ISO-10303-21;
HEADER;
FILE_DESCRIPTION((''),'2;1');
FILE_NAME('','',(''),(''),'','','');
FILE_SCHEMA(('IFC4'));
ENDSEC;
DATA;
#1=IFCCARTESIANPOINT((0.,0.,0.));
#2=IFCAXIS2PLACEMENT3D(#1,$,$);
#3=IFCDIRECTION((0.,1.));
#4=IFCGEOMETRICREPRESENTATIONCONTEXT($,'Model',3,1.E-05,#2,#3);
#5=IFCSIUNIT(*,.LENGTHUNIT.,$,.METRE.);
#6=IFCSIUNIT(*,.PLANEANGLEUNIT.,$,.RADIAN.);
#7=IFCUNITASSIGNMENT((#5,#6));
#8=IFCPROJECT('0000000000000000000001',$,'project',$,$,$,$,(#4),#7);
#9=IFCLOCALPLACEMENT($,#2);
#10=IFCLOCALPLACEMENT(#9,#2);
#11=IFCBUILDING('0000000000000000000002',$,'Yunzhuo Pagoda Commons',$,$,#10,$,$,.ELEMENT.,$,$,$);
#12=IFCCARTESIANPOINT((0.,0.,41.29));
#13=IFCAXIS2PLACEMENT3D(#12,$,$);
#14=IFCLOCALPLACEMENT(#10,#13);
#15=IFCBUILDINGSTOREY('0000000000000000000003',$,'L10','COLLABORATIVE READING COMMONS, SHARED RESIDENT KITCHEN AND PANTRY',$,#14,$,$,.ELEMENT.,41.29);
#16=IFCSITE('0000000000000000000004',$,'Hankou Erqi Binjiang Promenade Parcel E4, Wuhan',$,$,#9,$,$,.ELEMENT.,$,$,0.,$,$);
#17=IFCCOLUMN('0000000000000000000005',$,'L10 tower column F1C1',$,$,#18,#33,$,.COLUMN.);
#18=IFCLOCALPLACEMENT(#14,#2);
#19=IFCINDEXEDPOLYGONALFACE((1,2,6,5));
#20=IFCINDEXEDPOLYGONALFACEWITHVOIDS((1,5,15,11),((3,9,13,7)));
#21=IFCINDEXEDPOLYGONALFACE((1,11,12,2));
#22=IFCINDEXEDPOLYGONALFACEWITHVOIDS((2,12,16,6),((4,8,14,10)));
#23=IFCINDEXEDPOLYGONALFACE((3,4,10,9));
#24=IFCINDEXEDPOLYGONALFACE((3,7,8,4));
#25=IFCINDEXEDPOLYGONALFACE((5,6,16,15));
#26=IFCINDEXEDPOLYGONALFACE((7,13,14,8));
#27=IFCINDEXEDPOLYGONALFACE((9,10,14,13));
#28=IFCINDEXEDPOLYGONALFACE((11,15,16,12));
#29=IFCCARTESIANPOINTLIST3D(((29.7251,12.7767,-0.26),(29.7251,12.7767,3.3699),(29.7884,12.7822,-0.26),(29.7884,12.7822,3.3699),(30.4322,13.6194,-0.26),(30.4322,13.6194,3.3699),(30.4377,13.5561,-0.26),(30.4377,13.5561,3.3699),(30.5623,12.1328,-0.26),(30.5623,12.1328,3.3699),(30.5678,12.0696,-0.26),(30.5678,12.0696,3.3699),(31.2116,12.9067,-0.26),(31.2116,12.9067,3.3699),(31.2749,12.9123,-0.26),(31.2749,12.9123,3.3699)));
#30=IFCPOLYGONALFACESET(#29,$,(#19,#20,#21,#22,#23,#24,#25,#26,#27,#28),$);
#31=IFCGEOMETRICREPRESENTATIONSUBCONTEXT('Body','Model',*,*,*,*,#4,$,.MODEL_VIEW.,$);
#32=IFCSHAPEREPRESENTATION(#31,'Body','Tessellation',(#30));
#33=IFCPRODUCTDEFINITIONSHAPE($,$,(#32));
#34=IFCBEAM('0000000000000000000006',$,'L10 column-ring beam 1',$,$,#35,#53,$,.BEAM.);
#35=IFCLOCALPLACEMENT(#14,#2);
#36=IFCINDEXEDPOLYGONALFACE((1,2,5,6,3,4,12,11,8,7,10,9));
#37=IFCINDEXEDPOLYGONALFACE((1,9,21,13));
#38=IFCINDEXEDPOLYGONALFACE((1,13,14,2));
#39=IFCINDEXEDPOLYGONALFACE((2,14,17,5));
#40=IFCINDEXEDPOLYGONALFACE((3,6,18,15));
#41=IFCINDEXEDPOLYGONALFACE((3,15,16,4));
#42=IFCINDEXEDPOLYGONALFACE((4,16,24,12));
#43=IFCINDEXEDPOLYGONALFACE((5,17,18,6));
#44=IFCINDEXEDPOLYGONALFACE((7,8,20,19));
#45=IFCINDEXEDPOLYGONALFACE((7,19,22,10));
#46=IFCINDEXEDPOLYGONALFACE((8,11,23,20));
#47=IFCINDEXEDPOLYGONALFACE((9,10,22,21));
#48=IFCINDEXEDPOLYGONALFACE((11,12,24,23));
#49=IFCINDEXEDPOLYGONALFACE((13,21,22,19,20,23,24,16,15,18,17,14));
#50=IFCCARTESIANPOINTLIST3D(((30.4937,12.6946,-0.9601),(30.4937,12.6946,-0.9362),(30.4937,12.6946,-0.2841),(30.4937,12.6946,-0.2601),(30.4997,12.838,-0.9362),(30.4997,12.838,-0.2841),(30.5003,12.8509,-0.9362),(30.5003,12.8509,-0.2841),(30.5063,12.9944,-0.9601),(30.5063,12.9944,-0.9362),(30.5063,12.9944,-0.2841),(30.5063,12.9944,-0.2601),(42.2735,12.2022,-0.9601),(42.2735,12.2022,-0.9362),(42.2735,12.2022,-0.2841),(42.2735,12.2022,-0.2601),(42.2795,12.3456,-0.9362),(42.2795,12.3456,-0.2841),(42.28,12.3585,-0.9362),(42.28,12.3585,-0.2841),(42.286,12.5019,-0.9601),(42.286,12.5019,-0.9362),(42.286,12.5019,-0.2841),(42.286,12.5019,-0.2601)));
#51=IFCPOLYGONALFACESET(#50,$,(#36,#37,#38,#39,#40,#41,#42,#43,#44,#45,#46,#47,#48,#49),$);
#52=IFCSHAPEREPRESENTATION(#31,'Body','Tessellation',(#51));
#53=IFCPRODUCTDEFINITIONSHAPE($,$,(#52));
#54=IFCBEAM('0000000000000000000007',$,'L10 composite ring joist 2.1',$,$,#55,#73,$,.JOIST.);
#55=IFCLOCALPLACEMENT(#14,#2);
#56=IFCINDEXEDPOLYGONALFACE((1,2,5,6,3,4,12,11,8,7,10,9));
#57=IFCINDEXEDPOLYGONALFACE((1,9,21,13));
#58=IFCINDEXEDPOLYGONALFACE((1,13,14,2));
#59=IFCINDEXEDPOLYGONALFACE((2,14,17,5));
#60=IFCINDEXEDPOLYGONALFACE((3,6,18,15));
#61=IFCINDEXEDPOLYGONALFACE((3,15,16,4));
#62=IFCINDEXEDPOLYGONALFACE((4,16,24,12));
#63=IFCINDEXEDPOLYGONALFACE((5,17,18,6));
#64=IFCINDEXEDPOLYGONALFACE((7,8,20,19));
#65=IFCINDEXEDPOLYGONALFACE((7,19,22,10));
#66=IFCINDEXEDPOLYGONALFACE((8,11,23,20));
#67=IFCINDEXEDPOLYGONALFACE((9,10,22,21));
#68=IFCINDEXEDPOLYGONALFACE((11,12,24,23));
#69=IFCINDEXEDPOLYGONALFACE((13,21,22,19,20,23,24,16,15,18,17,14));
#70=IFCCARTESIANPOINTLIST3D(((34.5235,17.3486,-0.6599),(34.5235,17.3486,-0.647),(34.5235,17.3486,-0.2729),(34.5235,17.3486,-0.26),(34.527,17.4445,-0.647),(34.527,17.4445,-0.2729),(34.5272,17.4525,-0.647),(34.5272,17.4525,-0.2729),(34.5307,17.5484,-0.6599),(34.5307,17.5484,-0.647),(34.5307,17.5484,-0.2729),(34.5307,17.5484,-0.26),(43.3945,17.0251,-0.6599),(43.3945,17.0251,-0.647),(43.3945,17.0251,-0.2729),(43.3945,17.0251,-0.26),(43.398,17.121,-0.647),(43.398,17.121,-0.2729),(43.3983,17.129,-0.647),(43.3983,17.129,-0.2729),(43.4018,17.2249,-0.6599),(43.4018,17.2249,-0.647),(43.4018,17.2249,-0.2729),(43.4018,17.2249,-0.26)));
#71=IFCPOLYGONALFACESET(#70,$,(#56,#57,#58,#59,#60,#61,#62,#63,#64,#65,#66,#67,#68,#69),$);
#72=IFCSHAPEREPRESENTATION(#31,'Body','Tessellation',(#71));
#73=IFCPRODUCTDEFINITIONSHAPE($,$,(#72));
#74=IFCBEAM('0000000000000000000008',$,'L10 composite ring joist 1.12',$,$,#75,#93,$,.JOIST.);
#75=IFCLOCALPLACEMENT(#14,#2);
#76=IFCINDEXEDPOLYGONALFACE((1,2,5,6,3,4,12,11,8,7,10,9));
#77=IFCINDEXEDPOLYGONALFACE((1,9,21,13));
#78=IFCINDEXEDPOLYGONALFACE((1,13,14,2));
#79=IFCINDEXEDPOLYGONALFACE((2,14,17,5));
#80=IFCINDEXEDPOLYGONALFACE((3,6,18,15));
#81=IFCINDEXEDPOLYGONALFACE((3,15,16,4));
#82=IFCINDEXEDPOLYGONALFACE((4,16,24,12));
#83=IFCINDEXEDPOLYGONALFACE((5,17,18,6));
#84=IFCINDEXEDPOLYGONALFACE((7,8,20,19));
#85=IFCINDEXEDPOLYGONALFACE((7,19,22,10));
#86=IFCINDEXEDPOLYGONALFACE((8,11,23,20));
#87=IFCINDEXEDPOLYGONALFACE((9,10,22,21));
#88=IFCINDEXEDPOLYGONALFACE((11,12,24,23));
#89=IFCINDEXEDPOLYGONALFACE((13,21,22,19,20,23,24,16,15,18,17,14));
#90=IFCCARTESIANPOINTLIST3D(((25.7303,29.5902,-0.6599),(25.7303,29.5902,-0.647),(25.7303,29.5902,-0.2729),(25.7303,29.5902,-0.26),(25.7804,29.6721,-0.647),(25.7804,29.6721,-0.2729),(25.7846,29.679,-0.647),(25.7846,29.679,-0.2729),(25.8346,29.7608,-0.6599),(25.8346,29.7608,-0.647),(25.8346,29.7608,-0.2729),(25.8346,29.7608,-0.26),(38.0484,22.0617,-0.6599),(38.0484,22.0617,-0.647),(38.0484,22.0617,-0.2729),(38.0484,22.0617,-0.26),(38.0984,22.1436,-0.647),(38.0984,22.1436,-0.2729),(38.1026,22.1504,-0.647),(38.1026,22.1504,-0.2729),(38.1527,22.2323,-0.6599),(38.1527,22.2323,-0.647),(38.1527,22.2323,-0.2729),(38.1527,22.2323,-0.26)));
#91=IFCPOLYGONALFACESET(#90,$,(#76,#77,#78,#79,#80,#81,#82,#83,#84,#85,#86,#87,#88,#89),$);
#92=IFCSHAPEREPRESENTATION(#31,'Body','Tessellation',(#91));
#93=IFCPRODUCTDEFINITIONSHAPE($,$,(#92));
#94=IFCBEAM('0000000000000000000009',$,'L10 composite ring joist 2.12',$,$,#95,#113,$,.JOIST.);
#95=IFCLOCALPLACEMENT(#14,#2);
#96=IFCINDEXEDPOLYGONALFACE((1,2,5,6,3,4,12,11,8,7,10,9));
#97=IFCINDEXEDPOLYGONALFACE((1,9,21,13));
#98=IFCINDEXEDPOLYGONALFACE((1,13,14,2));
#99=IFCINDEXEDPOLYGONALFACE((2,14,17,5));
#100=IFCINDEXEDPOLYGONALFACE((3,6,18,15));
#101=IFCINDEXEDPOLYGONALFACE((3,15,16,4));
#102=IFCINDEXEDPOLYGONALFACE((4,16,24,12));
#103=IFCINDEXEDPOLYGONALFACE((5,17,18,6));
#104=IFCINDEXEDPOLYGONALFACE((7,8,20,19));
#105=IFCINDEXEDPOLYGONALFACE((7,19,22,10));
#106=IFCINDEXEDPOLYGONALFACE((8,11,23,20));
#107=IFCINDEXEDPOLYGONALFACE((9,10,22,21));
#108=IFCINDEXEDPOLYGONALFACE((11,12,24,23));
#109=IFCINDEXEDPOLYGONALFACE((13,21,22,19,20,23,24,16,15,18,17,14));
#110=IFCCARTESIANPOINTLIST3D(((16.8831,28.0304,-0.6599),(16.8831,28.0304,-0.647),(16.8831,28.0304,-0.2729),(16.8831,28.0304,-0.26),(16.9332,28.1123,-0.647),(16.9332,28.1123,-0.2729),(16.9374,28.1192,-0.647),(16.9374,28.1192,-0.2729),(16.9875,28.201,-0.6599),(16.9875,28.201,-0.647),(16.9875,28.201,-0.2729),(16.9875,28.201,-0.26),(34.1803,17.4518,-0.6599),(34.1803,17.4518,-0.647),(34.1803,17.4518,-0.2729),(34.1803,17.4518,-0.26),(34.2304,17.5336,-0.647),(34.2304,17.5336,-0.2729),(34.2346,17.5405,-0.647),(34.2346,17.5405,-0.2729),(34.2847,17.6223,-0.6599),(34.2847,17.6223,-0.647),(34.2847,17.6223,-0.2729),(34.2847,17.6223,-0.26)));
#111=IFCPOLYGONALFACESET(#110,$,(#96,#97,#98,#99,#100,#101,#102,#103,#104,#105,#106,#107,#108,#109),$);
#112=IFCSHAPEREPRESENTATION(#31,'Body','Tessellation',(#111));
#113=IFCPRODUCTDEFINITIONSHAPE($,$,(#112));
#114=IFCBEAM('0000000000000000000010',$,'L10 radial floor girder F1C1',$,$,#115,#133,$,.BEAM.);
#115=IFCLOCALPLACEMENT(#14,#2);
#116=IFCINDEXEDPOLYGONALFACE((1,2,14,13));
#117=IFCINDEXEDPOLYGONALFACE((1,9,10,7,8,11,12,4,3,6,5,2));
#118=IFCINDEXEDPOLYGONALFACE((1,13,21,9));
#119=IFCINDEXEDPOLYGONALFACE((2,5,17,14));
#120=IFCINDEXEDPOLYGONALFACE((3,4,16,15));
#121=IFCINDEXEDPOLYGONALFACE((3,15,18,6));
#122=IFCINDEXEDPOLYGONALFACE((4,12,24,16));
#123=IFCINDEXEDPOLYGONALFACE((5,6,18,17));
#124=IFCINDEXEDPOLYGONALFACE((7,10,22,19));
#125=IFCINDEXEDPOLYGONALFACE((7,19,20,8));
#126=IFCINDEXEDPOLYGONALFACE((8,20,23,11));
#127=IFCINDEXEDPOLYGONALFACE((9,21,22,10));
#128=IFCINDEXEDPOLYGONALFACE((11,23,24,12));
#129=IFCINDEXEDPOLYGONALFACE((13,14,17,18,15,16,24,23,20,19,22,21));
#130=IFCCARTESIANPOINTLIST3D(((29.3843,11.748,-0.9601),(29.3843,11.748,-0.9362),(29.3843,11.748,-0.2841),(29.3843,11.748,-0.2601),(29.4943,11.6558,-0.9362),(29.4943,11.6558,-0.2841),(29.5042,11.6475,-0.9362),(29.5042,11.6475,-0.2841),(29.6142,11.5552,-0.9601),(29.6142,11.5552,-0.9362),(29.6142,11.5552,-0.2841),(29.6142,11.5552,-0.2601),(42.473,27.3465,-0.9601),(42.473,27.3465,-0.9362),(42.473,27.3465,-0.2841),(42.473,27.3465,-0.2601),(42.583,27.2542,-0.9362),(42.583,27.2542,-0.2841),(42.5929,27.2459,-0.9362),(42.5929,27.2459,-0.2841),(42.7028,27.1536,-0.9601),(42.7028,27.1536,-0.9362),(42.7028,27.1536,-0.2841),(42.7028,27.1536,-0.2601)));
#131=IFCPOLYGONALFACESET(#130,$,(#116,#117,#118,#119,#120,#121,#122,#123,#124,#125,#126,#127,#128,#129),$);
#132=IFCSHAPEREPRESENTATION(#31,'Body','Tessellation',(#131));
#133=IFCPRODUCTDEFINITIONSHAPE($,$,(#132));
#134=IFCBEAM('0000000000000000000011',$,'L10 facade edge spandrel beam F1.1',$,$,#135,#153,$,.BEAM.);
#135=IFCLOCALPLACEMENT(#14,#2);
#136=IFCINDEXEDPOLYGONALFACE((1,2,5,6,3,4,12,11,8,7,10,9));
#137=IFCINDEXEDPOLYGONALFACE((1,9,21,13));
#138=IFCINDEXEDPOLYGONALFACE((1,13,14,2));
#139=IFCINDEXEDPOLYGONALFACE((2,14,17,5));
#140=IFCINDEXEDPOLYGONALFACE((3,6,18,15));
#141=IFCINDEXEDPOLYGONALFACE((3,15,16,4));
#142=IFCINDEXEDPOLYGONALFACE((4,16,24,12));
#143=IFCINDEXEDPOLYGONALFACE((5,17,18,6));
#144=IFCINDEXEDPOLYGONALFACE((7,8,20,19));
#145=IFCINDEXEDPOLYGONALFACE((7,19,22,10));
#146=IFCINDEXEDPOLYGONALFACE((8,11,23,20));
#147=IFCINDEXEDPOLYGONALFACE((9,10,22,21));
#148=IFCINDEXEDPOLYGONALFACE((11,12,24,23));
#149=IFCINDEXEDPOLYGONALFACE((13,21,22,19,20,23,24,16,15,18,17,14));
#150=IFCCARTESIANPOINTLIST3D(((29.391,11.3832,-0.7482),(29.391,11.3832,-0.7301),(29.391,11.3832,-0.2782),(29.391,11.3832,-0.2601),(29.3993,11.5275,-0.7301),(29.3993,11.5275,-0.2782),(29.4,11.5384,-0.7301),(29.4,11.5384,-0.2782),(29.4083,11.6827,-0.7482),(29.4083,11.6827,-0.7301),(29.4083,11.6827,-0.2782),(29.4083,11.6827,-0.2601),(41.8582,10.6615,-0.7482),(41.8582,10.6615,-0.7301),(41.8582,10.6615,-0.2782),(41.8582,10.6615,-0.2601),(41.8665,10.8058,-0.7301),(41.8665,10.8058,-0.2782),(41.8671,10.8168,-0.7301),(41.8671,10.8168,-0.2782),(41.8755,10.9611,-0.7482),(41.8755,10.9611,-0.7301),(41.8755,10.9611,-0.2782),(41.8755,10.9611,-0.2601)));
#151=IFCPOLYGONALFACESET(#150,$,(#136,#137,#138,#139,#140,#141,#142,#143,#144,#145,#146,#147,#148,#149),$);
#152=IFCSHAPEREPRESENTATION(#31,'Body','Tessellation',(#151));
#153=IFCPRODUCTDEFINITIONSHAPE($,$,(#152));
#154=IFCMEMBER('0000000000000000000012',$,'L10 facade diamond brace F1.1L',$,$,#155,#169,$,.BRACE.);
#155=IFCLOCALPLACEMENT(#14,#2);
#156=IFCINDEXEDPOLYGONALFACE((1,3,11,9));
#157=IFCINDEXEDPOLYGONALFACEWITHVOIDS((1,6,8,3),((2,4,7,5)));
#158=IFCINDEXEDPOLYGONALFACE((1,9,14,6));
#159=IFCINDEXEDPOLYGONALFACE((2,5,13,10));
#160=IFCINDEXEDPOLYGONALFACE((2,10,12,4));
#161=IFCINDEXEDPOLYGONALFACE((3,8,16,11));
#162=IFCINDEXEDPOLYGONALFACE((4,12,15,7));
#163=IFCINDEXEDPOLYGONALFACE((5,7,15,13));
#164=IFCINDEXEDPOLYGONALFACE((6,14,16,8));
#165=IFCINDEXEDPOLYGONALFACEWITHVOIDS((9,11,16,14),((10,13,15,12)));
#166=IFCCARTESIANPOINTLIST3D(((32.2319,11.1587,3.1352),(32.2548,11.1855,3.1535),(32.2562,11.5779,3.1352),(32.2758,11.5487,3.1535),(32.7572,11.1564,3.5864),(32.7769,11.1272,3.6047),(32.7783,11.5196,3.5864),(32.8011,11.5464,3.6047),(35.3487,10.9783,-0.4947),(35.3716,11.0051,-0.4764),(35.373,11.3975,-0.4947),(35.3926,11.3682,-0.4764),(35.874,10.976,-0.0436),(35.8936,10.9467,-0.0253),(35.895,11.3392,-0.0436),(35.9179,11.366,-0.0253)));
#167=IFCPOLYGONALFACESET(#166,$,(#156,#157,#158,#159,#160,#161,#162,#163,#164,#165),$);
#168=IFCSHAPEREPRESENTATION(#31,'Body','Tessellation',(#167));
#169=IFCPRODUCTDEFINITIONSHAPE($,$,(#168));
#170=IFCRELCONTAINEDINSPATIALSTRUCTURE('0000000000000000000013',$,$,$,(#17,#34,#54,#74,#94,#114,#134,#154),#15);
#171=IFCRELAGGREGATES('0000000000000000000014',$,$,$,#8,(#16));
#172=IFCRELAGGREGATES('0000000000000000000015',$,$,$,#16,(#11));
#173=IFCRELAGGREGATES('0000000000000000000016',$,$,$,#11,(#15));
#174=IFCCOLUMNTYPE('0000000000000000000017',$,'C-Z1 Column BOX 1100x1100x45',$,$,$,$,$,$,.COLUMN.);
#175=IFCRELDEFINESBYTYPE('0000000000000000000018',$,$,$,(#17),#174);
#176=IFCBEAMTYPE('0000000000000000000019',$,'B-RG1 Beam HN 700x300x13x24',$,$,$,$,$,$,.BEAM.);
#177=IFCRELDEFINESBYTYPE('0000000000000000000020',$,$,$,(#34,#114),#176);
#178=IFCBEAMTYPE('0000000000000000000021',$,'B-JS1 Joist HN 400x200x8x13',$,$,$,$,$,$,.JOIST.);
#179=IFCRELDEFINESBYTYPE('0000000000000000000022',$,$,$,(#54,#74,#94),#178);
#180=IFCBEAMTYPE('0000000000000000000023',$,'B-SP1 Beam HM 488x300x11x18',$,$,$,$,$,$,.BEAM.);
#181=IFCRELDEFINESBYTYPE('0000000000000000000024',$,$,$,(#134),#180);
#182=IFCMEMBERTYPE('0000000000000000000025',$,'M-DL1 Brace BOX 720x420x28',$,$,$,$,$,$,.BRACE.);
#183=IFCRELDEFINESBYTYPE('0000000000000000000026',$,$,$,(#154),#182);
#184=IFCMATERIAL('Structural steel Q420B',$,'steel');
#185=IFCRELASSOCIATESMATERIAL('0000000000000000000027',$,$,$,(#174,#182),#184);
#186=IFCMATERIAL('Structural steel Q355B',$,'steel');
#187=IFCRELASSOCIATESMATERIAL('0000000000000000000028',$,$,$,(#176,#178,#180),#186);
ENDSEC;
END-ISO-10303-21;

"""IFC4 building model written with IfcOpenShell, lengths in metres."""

from ifc_helpers import new_model, si_unit, direction, frame, origin, origin_2d, place, context, subcontext, project, spatial, hollow_rectangle, i_section, extrude, source, transform, mapped, material, material_profile, profile_set, type_object, element, save


model = new_model("IFC4")

# Units and contexts
model_context = context("Model", 3, precision=1e-05, world=origin(), true_north=direction((0.0, 1.0)))
body_context = subcontext(model_context, "Body", "Model", "MODEL_VIEW")
ifc_project = project(units=[si_unit("LENGTHUNIT", "METRE"), si_unit("PLANEANGLEUNIT", "RADIAN")], contexts=[model_context])

# Site, building, storey
site_placement = place(None, origin())
site = spatial("IfcSite", under=ifc_project, at=site_placement, Name="Hankou Erqi Binjiang Promenade Parcel E4, Wuhan", CompositionType="ELEMENT", RefElevation=0.0)
building_placement = place(site_placement, origin())
building = spatial("IfcBuilding", under=site, at=building_placement, Name="Yunzhuo Pagoda Commons", CompositionType="ELEMENT")
storey_placement = place(building_placement, frame((0.0, 0.0, 41.29)))
storey = spatial("IfcBuildingStorey", under=building, at=storey_placement, Name="L10", Description="COLLABORATIVE READING COMMONS, SHARED RESIDENT KITCHEN AND PANTRY", CompositionType="ELEMENT", Elevation=41.29)

# Column
ifc_material_1 = material(Name="Structural steel Q420B", Category="steel")
ifc_material_profile_1 = material_profile(ifc_material_1, hollow_rectangle(XDim=1.1001, YDim=1.1001, WallThickness=0.0449, at=origin_2d()), Name="Structural steel Q420B")
ifc_profile_set_1 = profile_set([ifc_material_profile_1], Name="Structural steel Q420B")
column_type = type_object("IfcColumnType", Name="C-Z1 Column BOX 1100x1100x45", PredefinedType="COLUMN", material=ifc_profile_set_1)
shared_shape_1 = source(origin(), body_context, "Body", "SweptSolid", [
    extrude(hollow_rectangle(XDim=1.1001, YDim=1.1001, WallThickness=0.0449, at=origin_2d()), origin(), (0.0, 0.0, 1.0), 3.6299),
])
column_placement = place(storey_placement, frame((30.5, 12.8445, -0.26), z_axis=(0.0, 0.0, 1.0), x_axis=(0.766044, -0.642788, 0.0)))
element("IfcColumn", 1, at=column_placement, inside=storey, type_object=column_type, Name="L10 tower column F1C1", PredefinedType="COLUMN", context=body_context, shape_type="MappedRepresentation", body=[
    mapped(shared_shape_1, transform((0.0, 0.0, 0.0), scale=1.0)),
])

# Beams
ifc_material_2 = material(Name="Structural steel Q355B", Category="steel")
ifc_material_profile_2 = material_profile(ifc_material_2, i_section(OverallWidth=0.3, OverallDepth=0.7, WebThickness=0.0129, FlangeThickness=0.0239, at=origin_2d()), Name="Structural steel Q355B")
ifc_profile_set_2 = profile_set([ifc_material_profile_2], Name="Structural steel Q355B")
beam_type_1 = type_object("IfcBeamType", Name="B-RG1 Beam HN 700x300x13x24", PredefinedType="BEAM", material=ifc_profile_set_2)
shared_shape_2 = source(origin(), body_context, "Body", "SweptSolid", [
    extrude(i_section(OverallWidth=0.3, OverallDepth=0.7, WebThickness=0.0129, FlangeThickness=0.0239, at=origin_2d()), origin(), (0.0, 0.0, 1.0), 11.79),
])
beam_1_placement = place(storey_placement, frame((30.5, 12.8445, -0.6101), z_axis=(0.999127, -0.041767, 0.0), x_axis=(0.041767, 0.999127, 0.0)))
element("IfcBeam", 2, at=beam_1_placement, inside=storey, type_object=beam_type_1, Name="L10 column-ring beam 1", PredefinedType="BEAM", context=body_context, shape_type="MappedRepresentation", body=[
    mapped(shared_shape_2, transform((0.0, 0.0, 0.0), scale=1.0)),
])
ifc_material_profile_3 = material_profile(ifc_material_2, i_section(OverallWidth=0.2, OverallDepth=0.3999, WebThickness=0.0081, FlangeThickness=0.0129, at=origin_2d()), Name="Structural steel Q355B")
ifc_profile_set_3 = profile_set([ifc_material_profile_3], Name="Structural steel Q355B")
beam_type_2 = type_object("IfcBeamType", Name="B-JS1 Joist HN 400x200x8x13", PredefinedType="JOIST", material=ifc_profile_set_3)
shared_shape_3 = source(origin(), body_context, "Body", "SweptSolid", [
    extrude(i_section(OverallWidth=0.2, OverallDepth=0.3999, WebThickness=0.0081, FlangeThickness=0.0129, at=origin_2d()), origin(), (0.0, 0.0, 1.0), 8.877),
])
beam_2_placement = place(storey_placement, frame((34.5271, 17.4485, -0.46), z_axis=(0.999336, -0.036441, 0.0), x_axis=(0.036441, 0.999336, 0.0)))
element("IfcBeam", 3, at=beam_2_placement, inside=storey, type_object=beam_type_2, Name="L10 composite ring joist 2.1", PredefinedType="JOIST", context=body_context, shape_type="MappedRepresentation", body=[
    mapped(shared_shape_3, transform((0.0, 0.0, 0.0), scale=1.0)),
])
shared_shape_4 = source(origin(), body_context, "Body", "SweptSolid", [
    extrude(i_section(OverallWidth=0.2, OverallDepth=0.3999, WebThickness=0.0081, FlangeThickness=0.0129, at=origin_2d()), origin(), (0.0, 0.0, 1.0), 14.4365),
])
beam_3_placement = place(storey_placement, frame((25.7825, 29.6755, -0.46), z_axis=(0.853256, -0.521492, 0.0), x_axis=(0.521492, 0.853256, 0.0)))
element("IfcBeam", 4, at=beam_3_placement, inside=storey, type_object=beam_type_2, Name="L10 composite ring joist 1.12", PredefinedType="JOIST", context=body_context, shape_type="MappedRepresentation", body=[
    mapped(shared_shape_4, transform((0.0, 0.0, 0.0), scale=1.0)),
])
shared_shape_5 = source(origin(), body_context, "Body", "SweptSolid", [
    extrude(i_section(OverallWidth=0.2, OverallDepth=0.3999, WebThickness=0.0081, FlangeThickness=0.0129, at=origin_2d()), origin(), (0.0, 0.0, 1.0), 20.2756),
])
beam_4_placement = place(storey_placement, frame((16.9353, 28.1157, -0.46), z_axis=(0.853103, -0.521743, 0.0), x_axis=(0.521743, 0.853103, 0.0)))
element("IfcBeam", 5, at=beam_4_placement, inside=storey, type_object=beam_type_2, Name="L10 composite ring joist 2.12", PredefinedType="JOIST", context=body_context, shape_type="MappedRepresentation", body=[
    mapped(shared_shape_5, transform((0.0, 0.0, 0.0), scale=1.0)),
])
shared_shape_6 = source(origin(), body_context, "Body", "SweptSolid", [
    extrude(i_section(OverallWidth=0.3, OverallDepth=0.7, WebThickness=0.0129, FlangeThickness=0.0239, at=origin_2d()), origin(), (0.0, 0.0, 1.0), 20.3623),
])
beam_5_placement = place(storey_placement, frame((29.4993, 11.6516, -0.6101), z_axis=(0.642788, 0.766044, 0.0), x_axis=(-0.766044, 0.642788, 0.0)))
element("IfcBeam", 6, at=beam_5_placement, inside=storey, type_object=beam_type_1, Name="L10 radial floor girder F1C1", PredefinedType="BEAM", context=body_context, shape_type="MappedRepresentation", body=[
    mapped(shared_shape_6, transform((0.0, 0.0, 0.0), scale=1.0)),
])
ifc_material_profile_4 = material_profile(ifc_material_2, i_section(OverallWidth=0.3, OverallDepth=0.488, WebThickness=0.011, FlangeThickness=0.0181, at=origin_2d()), Name="Structural steel Q355B")
ifc_profile_set_4 = profile_set([ifc_material_profile_4], Name="Structural steel Q355B")
beam_type_3 = type_object("IfcBeamType", Name="B-SP1 Beam HM 488x300x11x18", PredefinedType="BEAM", material=ifc_profile_set_4)
shared_shape_7 = source(origin(), body_context, "Body", "SweptSolid", [
    extrude(i_section(OverallWidth=0.3, OverallDepth=0.488, WebThickness=0.011, FlangeThickness=0.0181, at=origin_2d()), origin(), (0.0, 0.0, 1.0), 12.488),
])
beam_6_placement = place(storey_placement, frame((29.3997, 11.533, -0.5042), z_axis=(0.998329, -0.057789, 0.0), x_axis=(0.057789, 0.998329, 0.0)))
element("IfcBeam", 7, at=beam_6_placement, inside=storey, type_object=beam_type_3, Name="L10 facade edge spandrel beam F1.1", PredefinedType="BEAM", context=body_context, shape_type="MappedRepresentation", body=[
    mapped(shared_shape_7, transform((0.0, 0.0, 0.0), scale=1.0)),
])

# Member
ifc_material_profile_5 = material_profile(ifc_material_1, hollow_rectangle(XDim=0.4199, YDim=0.72, WallThickness=0.0281, at=origin_2d()), Name="Structural steel Q420B")
ifc_profile_set_5 = profile_set([ifc_material_profile_5], Name="Structural steel Q420B")
member_type_1 = type_object("IfcMemberType", Name="M-DL1 Brace BOX 720x420x28", PredefinedType="BRACE", material=ifc_profile_set_5)
shared_shape_8 = source(origin(), body_context, "Body", "SweptSolid", [
    extrude(hollow_rectangle(XDim=0.4199, YDim=0.72, WallThickness=0.0281, at=origin_2d()), origin(), (0.0, 0.0, 1.0), 4.7878),
])
for number, where, z_axis, x_axis, name in (
    (8, (35.6333, 11.1721, -0.26), (-0.650976, 0.037684, 0.758163), (-0.057791, -0.998329, 0.0), "L10 facade diamond brace F1.1L"),
):
    element("IfcMember", number, at=place(storey_placement, frame(where, z_axis=z_axis, x_axis=x_axis)), inside=storey, type_object=member_type_1, Name=name, PredefinedType="BRACE", context=body_context, shape_type="MappedRepresentation", body=[
        mapped(shared_shape_8, transform((0.0, 0.0, 0.0), scale=1.0)),
    ])

save(model, "model.ifc")
